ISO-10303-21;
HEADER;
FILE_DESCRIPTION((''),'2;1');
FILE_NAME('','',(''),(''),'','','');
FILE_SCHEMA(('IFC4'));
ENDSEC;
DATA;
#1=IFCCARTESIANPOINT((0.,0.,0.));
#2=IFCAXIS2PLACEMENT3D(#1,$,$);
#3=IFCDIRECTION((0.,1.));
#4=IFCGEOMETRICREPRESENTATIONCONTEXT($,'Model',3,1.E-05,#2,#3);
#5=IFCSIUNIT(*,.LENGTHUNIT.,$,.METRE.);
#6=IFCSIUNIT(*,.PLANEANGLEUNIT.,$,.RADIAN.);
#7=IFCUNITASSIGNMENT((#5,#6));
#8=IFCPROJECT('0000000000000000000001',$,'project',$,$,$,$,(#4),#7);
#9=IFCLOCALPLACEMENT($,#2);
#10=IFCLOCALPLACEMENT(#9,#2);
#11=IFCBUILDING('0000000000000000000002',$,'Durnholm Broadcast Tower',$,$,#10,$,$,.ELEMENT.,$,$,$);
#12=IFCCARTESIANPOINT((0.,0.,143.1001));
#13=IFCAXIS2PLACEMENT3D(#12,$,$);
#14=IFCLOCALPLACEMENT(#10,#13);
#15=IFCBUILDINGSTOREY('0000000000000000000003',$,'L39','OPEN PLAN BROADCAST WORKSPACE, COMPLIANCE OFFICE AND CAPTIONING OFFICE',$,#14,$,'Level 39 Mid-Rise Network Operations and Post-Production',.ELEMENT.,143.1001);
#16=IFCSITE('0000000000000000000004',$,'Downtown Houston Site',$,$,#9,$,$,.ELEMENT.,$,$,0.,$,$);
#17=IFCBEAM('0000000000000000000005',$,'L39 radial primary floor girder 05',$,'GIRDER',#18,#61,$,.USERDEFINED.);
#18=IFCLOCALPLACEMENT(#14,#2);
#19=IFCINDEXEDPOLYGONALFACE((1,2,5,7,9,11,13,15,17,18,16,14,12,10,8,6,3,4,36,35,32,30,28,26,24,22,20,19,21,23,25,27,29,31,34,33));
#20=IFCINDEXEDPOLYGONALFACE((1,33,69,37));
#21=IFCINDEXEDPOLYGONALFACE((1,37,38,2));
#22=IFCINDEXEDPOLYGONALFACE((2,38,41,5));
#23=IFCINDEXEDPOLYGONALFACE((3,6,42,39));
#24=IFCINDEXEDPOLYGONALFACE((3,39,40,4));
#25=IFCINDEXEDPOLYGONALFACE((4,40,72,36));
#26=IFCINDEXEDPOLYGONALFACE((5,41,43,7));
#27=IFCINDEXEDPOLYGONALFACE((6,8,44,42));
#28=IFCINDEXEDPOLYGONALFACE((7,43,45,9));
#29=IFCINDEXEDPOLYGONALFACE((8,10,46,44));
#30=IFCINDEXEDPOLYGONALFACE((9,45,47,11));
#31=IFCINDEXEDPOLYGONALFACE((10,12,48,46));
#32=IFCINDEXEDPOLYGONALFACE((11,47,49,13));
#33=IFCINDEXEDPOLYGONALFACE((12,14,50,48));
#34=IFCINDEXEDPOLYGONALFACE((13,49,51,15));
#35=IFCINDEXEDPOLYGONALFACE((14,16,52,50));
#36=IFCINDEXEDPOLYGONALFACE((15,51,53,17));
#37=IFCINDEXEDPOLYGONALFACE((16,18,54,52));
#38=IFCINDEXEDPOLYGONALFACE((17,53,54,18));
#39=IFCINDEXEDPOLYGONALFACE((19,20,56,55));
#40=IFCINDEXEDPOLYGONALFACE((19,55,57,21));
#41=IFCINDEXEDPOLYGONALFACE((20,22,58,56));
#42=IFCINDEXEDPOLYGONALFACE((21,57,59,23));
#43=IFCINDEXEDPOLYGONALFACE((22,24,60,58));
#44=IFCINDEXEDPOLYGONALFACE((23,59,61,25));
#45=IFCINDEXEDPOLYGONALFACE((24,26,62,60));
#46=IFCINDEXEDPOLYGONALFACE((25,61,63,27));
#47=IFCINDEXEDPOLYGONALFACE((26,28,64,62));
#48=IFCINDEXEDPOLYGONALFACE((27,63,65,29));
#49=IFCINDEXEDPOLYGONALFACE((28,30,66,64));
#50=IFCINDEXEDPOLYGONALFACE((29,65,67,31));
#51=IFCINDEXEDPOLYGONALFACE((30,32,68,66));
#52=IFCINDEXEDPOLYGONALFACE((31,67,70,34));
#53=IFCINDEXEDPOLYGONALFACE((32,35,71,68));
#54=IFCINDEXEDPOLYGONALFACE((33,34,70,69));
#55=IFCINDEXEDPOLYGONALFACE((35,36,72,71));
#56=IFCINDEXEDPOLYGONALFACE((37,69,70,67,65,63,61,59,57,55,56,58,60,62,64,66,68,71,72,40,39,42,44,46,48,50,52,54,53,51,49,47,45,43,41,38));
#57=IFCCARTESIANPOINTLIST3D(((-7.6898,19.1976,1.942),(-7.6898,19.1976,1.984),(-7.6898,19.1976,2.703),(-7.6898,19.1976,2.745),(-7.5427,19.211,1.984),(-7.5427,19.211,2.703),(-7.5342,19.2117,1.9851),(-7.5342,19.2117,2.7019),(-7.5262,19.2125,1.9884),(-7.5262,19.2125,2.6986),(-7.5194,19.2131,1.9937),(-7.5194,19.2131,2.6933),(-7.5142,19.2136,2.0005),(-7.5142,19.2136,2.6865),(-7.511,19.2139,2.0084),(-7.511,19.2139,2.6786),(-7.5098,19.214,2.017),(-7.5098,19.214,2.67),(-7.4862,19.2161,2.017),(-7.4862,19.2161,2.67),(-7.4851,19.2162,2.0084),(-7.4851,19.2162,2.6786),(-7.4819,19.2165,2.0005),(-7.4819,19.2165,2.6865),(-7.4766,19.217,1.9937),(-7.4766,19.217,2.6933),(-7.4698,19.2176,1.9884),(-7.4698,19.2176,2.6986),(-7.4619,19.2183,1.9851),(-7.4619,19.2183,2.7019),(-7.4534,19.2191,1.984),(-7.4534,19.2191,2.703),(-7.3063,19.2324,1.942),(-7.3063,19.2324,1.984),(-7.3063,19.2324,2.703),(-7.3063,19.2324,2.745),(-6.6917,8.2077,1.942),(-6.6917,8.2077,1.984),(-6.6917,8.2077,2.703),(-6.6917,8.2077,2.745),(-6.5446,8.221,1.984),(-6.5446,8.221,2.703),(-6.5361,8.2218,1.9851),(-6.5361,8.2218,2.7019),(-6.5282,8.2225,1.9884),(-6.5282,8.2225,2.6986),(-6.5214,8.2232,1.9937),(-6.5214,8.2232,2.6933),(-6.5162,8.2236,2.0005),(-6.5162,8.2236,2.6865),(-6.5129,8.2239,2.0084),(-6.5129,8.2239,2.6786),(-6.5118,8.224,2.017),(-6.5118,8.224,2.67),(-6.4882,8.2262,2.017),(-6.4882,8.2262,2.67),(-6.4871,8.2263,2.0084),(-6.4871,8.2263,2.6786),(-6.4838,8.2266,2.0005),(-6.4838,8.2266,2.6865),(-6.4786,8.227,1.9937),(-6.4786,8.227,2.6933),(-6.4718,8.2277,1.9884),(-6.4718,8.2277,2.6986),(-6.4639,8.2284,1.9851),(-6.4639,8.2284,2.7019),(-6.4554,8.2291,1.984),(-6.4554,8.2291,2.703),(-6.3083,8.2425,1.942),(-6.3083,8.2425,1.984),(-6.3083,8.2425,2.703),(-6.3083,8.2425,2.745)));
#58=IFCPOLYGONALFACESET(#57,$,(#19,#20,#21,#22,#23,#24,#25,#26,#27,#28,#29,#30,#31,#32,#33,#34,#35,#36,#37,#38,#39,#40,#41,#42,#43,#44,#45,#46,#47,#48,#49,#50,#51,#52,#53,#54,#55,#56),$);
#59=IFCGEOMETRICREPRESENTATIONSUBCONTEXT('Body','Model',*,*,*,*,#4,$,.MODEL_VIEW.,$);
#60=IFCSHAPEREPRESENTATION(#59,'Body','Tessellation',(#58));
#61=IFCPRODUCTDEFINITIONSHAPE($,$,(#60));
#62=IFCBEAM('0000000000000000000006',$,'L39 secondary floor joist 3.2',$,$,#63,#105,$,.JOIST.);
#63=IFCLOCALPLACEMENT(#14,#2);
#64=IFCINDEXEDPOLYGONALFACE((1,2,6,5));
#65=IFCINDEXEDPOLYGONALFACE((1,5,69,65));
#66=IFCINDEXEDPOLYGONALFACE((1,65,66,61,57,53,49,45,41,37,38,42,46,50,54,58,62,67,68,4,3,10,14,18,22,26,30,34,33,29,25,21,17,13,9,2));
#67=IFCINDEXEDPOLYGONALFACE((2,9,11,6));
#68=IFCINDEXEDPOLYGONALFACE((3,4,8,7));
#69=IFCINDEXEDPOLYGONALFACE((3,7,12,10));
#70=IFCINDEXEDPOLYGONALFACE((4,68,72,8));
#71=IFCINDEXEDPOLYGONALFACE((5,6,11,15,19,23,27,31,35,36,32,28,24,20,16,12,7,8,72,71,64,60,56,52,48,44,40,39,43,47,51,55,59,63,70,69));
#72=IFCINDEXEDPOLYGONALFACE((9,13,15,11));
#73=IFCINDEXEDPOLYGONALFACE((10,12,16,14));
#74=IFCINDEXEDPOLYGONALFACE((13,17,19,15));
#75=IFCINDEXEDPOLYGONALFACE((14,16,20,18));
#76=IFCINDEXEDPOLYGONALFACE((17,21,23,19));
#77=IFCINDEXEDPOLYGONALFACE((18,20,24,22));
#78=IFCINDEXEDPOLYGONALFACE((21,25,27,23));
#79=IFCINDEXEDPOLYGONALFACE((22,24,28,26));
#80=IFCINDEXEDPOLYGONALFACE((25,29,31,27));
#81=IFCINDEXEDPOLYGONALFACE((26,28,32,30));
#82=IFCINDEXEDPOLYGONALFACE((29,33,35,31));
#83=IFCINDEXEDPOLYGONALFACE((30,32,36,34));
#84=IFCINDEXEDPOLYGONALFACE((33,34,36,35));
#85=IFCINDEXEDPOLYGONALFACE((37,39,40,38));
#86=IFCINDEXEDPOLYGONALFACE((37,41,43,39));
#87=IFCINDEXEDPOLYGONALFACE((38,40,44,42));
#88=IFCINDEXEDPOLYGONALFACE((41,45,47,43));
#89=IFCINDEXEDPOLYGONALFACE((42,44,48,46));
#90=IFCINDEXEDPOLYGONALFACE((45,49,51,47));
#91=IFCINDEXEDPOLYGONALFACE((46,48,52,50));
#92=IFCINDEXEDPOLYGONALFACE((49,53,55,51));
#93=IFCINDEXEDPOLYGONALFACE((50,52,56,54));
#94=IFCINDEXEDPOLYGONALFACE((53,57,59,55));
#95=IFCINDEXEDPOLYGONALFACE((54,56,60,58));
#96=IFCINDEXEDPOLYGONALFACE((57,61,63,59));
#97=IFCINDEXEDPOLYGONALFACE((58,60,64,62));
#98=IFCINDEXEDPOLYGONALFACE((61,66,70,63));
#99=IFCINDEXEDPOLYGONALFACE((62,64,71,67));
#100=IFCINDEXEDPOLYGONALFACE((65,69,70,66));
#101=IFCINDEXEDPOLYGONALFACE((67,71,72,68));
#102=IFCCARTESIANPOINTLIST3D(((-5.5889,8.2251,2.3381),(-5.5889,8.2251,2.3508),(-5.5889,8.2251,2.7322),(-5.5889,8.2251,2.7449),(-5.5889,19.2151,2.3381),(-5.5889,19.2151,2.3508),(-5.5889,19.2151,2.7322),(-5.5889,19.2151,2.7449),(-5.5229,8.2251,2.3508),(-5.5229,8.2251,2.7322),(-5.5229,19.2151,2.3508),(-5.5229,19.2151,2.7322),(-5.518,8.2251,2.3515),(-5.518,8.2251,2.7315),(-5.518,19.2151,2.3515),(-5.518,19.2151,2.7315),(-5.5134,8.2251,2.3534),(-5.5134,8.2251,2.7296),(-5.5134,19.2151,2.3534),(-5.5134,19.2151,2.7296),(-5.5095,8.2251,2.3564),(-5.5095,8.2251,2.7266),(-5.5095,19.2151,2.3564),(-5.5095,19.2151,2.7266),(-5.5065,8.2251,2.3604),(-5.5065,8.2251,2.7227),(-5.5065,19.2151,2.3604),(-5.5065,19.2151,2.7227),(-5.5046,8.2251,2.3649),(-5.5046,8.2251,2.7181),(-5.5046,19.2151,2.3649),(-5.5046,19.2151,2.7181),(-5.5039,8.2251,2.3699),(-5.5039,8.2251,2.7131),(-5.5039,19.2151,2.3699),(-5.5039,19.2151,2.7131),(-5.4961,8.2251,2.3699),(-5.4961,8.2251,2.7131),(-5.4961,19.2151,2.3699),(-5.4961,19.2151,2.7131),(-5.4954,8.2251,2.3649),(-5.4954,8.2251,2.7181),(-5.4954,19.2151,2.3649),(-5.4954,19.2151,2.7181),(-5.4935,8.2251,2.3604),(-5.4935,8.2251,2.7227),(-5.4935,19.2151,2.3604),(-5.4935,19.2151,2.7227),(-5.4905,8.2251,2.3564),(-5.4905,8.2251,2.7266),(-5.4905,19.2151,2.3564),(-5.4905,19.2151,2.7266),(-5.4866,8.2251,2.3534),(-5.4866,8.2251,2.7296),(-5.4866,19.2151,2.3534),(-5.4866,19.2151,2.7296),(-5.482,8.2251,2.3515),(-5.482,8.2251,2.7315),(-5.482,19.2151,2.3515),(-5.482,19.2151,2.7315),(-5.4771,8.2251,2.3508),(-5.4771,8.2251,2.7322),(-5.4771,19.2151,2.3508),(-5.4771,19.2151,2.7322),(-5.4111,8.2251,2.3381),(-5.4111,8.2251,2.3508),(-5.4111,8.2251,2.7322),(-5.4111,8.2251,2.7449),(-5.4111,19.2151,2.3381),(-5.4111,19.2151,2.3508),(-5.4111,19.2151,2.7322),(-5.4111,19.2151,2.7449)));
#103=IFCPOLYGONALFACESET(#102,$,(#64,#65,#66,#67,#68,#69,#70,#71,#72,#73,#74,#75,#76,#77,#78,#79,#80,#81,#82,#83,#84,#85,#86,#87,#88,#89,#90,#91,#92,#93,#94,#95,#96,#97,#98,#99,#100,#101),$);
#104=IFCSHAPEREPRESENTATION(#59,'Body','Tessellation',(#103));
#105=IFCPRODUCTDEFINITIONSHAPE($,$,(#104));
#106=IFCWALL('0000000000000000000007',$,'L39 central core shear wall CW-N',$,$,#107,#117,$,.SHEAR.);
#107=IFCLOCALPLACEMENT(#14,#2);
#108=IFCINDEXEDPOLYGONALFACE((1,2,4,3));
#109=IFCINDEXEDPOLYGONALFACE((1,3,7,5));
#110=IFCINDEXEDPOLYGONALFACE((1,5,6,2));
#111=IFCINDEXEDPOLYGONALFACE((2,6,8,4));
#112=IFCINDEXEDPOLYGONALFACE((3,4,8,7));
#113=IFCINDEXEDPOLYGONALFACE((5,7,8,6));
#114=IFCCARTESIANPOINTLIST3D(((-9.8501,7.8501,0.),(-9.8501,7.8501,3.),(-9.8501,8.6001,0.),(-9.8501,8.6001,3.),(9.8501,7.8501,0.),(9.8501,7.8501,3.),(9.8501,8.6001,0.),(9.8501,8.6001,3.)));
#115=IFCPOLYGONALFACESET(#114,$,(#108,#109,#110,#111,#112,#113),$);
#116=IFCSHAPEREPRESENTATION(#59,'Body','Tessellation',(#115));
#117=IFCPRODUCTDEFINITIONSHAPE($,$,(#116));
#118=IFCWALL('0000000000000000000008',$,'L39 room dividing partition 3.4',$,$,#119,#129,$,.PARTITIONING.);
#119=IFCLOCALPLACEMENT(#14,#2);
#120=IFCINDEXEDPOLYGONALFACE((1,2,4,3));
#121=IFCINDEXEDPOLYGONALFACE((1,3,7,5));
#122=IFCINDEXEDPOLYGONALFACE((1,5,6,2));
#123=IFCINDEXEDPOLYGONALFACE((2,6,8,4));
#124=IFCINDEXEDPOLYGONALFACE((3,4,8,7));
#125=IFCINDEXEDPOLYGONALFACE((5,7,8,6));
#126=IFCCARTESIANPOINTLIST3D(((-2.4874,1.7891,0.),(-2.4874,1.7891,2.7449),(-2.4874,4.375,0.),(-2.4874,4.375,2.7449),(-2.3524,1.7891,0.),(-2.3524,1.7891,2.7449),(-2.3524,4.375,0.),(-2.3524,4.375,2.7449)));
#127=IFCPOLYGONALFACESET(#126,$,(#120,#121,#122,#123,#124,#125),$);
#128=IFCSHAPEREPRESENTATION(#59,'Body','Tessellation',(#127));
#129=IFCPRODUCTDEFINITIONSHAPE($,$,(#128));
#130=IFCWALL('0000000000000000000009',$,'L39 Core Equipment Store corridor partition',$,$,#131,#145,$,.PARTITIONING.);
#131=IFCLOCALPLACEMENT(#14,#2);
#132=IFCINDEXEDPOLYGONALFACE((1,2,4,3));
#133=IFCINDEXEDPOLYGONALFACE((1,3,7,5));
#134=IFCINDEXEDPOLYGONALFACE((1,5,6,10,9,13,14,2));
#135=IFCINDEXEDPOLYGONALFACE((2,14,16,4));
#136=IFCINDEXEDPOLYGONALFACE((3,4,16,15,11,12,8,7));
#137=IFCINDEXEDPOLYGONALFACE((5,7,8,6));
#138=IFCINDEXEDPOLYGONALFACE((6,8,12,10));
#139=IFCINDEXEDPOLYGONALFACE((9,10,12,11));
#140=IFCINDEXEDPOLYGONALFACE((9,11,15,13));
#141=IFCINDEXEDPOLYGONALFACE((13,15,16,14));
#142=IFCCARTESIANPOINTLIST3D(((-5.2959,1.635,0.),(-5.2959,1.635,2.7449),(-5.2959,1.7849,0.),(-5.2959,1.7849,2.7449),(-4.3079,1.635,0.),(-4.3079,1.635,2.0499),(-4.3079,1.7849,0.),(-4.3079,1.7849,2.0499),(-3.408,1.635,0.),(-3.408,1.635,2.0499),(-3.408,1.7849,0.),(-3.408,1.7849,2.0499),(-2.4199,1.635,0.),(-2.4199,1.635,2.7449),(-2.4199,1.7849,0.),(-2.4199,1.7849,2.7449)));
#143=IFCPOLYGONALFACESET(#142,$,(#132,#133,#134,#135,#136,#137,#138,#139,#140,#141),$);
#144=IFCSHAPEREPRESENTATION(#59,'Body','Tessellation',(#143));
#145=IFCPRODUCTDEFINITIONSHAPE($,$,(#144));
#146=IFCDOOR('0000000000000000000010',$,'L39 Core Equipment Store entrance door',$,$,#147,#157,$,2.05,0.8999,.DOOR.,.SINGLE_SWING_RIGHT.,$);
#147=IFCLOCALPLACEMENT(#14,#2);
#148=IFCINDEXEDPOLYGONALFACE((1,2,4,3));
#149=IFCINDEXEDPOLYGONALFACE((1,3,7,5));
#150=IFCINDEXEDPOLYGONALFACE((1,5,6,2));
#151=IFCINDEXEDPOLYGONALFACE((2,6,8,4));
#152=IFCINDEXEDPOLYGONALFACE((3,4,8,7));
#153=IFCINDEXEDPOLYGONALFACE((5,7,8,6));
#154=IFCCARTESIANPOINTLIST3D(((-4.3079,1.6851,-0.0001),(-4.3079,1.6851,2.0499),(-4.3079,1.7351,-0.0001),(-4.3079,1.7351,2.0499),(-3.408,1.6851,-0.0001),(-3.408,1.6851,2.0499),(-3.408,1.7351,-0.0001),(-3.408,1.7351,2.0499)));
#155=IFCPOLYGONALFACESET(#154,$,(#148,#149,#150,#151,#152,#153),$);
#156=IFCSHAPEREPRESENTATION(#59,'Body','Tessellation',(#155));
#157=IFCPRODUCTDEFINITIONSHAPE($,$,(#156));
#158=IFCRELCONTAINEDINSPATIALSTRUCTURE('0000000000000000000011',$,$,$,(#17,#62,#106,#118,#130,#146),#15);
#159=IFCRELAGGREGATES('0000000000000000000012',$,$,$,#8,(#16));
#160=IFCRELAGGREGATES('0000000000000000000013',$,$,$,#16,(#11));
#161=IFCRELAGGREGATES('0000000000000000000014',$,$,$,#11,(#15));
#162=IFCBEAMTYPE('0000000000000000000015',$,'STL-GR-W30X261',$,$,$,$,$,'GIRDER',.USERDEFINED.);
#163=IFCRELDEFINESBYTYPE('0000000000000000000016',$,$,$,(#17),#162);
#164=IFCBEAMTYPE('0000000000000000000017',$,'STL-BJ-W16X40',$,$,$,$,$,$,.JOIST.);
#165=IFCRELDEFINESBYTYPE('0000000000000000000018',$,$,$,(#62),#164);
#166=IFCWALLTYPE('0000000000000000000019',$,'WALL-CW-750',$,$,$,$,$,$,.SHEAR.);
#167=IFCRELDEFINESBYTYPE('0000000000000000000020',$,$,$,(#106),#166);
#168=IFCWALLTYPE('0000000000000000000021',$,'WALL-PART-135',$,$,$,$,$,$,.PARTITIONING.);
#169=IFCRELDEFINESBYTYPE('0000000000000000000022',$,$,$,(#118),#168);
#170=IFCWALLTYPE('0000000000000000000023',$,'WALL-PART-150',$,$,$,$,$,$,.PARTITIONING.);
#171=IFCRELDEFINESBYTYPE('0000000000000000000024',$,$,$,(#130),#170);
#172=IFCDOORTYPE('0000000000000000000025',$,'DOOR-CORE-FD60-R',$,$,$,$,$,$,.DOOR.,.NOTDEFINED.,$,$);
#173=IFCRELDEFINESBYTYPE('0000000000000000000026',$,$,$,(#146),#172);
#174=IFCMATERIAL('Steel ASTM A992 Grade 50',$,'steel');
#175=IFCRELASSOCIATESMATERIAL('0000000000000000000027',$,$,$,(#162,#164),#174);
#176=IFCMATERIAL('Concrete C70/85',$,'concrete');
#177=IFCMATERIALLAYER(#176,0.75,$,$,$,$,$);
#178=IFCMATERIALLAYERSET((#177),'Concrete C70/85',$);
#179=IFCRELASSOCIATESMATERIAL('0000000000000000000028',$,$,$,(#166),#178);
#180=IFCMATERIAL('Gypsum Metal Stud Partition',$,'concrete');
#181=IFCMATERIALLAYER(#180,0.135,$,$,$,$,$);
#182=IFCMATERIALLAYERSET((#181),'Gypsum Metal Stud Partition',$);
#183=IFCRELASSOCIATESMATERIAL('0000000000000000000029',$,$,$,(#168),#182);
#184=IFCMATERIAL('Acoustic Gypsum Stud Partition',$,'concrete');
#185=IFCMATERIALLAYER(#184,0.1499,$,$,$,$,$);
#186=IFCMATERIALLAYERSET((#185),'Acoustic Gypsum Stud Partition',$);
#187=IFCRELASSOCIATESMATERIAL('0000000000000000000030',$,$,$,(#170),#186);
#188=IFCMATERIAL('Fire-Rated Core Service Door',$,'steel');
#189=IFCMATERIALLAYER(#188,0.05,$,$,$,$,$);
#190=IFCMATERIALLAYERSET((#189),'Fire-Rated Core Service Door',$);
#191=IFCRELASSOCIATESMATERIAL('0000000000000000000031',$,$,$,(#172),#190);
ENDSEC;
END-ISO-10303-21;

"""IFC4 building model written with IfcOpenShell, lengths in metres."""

from ifc_helpers import new_model, si_unit, direction, frame, frame_2d, origin, origin_2d, place, context, subcontext, project, spatial, rectangle, i_section, extrude, source, transform, mapped, material, layer, layer_set, material_profile, profile_set, type_object, type_shapes, element, fill, save


model = new_model("IFC4")

# Units and contexts
model_context = context("Model", 3, precision=1e-05, world=origin(), true_north=direction((0.0, 1.0)))
body_context = subcontext(model_context, "Body", "Model", "MODEL_VIEW")
ifc_project = project(units=[si_unit("LENGTHUNIT", "METRE"), si_unit("PLANEANGLEUNIT", "RADIAN")], contexts=[model_context])

# Site, building, storey
site_placement = place(None, origin())
site = spatial("IfcSite", under=ifc_project, at=site_placement, Name="Downtown Houston Site", CompositionType="ELEMENT", RefElevation=0.0)
building_placement = place(site_placement, origin())
building = spatial("IfcBuilding", under=site, at=building_placement, Name="Durnholm Broadcast Tower", CompositionType="ELEMENT")
storey_placement = place(building_placement, frame((0.0, 0.0, 143.1001)))
storey = spatial("IfcBuildingStorey", under=building, at=storey_placement, Name="L39", Description="OPEN PLAN BROADCAST WORKSPACE, COMPLIANCE OFFICE AND CAPTIONING OFFICE", LongName="Level 39 Mid-Rise Network Operations and Post-Production", CompositionType="ELEMENT", Elevation=143.1001)

# Shared definitions
ifc_material_1 = material(Name="Concrete C70/85", Category="concrete")

# Beams
ifc_material_2 = material(Name="Steel ASTM A992 Grade 50", Category="steel")
ifc_material_profile_1 = material_profile(ifc_material_2, i_section(OverallWidth=0.385, OverallDepth=0.803, WebThickness=0.0237, FlangeThickness=0.042, FilletRadius=0.033, at=origin_2d()), Name="W30X261")
ifc_profile_set_1 = profile_set([ifc_material_profile_1], Name="Steel ASTM A992 Grade 50")
beam_type_1 = type_object("IfcBeamType", Name="STL-GR-W30X261", ElementType="GIRDER", PredefinedType="USERDEFINED", material=ifc_profile_set_1)
shared_shape_1 = source(origin(), body_context, "Body", "SweptSolid", [
    extrude(i_section(OverallWidth=0.385, OverallDepth=0.803, WebThickness=0.0237, FlangeThickness=0.042, FilletRadius=0.033, at=origin_2d()), origin(), (0.0, 0.0, 1.0), 11.0352),
])
beam_1_placement = place(storey_placement, frame((-6.5, 8.2251, 2.3435), z_axis=(-0.090442, 0.995902, 0.0), x_axis=(-0.995902, -0.090442, 0.0)))
element("IfcBeam", 1, at=beam_1_placement, inside=storey, type_object=beam_type_1, Name="L39 radial primary floor girder 05", ObjectType="GIRDER", PredefinedType="USERDEFINED", context=body_context, shape_type="MappedRepresentation", body=[
    mapped(shared_shape_1, transform((0.0, 0.0, 0.0), x_axis=(1.0, 0.0, 0.0), y_axis=(0.0, 1.0, 0.0), z_axis=(0.0, 0.0, 1.0), scale=1.0)),
])
ifc_material_profile_2 = material_profile(ifc_material_2, i_section(OverallWidth=0.1777, OverallDepth=0.4067, WebThickness=0.0078, FlangeThickness=0.0127, FilletRadius=0.019, at=origin_2d()), Name="W16X40")
ifc_profile_set_2 = profile_set([ifc_material_profile_2], Name="Steel ASTM A992 Grade 50")
beam_type_2 = type_object("IfcBeamType", Name="STL-BJ-W16X40", PredefinedType="JOIST", material=ifc_profile_set_2)
shared_shape_2 = source(origin(), body_context, "Body", "SweptSolid", [
    extrude(i_section(OverallWidth=0.1777, OverallDepth=0.4067, WebThickness=0.0078, FlangeThickness=0.0127, FilletRadius=0.019, at=origin_2d()), origin(), (0.0, 0.0, 1.0), 10.99),
])
type_shapes(beam_type_2, [shared_shape_2])
beam_2_placement = place(storey_placement, frame((-5.5, 8.2251, 2.5415), z_axis=(0.0, 1.0, 0.0), x_axis=(-1.0, 0.0, 0.0)))
element("IfcBeam", 2, at=beam_2_placement, inside=storey, type_object=beam_type_2, Name="L39 secondary floor joist 3.2", PredefinedType="JOIST", context=body_context, shape_type="MappedRepresentation", body=[
    mapped(shared_shape_2, transform((0.0, 0.0, 0.0), x_axis=(1.0, 0.0, 0.0), y_axis=(0.0, 1.0, 0.0), z_axis=(0.0, 0.0, 1.0), scale=1.0)),
])

# Walls
ifc_layer_1 = layer(ifc_material_1, 0.75)
ifc_layer_set_1 = layer_set([ifc_layer_1], Name="Concrete C70/85")
wall_type_1 = type_object("IfcWallType", Name="WALL-CW-750", PredefinedType="SHEAR", material=ifc_layer_set_1)
wall_1_placement = place(storey_placement, frame((-9.8501, 8.2251, 0.0), z_axis=(0.0, 0.0, 1.0), x_axis=(1.0, 0.0, 0.0)))
element("IfcWall", 3, at=wall_1_placement, inside=storey, type_object=wall_type_1, Name="L39 central core shear wall CW-N", PredefinedType="SHEAR", context=body_context, shape_type="SweptSolid", body=[
    extrude(rectangle(XDim=19.7002, YDim=0.75, at=frame_2d((9.8501, 0.0))), origin(), (0.0, 0.0, 1.0), 3.0),
])
ifc_material_3 = material(Name="Gypsum Metal Stud Partition", Category="concrete")
ifc_layer_2 = layer(ifc_material_3, 0.135)
ifc_layer_set_2 = layer_set([ifc_layer_2], Name="Gypsum Metal Stud Partition")
wall_type_2 = type_object("IfcWallType", Name="WALL-PART-135", PredefinedType="PARTITIONING", material=ifc_layer_set_2)
wall_2_placement = place(storey_placement, frame((-2.4199, 4.375, 0.0), z_axis=(0.0, 0.0, 1.0), x_axis=(0.0, -1.0, 0.0)))
element("IfcWall", 4, at=wall_2_placement, inside=storey, type_object=wall_type_2, Name="L39 room dividing partition 3.4", PredefinedType="PARTITIONING", context=body_context, shape_type="SweptSolid", body=[
    extrude(rectangle(XDim=2.5859, YDim=0.135, at=frame_2d((1.293, 0.0))), origin(), (0.0, 0.0, 1.0), 2.7449),
])

# Wall, opening, door
ifc_material_4 = material(Name="Acoustic Gypsum Stud Partition", Category="concrete")
ifc_layer_3 = layer(ifc_material_4, 0.1499)
ifc_layer_set_3 = layer_set([ifc_layer_3], Name="Acoustic Gypsum Stud Partition")
wall_type_3 = type_object("IfcWallType", Name="WALL-PART-150", PredefinedType="PARTITIONING", material=ifc_layer_set_3)
wall_3_placement = place(storey_placement, frame((-2.4199, 1.71, 0.0), z_axis=(0.0, 0.0, 1.0), x_axis=(-1.0, 0.0, 0.0)))
wall_3 = element("IfcWall", 5, at=wall_3_placement, inside=storey, type_object=wall_type_3, Name="L39 Core Equipment Store corridor partition", PredefinedType="PARTITIONING", context=body_context, shape_type="SweptSolid", body=[
    extrude(rectangle(XDim=2.876, YDim=0.1499, at=frame_2d((1.438, 0.0))), origin(), (0.0, 0.0, 1.0), 2.7449),
])
opening_1_placement = place(wall_3_placement, frame((0.988, 0.0, 0.0)))
opening_1 = element("IfcOpeningElement", 6, at=opening_1_placement, cuts=wall_3, PredefinedType="OPENING", context=body_context, shape_type="SweptSolid", body=[
    extrude(rectangle(XDim=0.8999, YDim=2.05, at=frame_2d((0.45, 1.0249))), frame((0.0, 0.085, 0.0), z_axis=(0.0, -1.0, 0.0), x_axis=(1.0, 0.0, 0.0)), (0.0, 0.0, 1.0), 0.1699),
])
ifc_material_5 = material(Name="Fire-Rated Core Service Door", Category="steel")
ifc_layer_4 = layer(ifc_material_5, 0.05)
ifc_layer_set_4 = layer_set([ifc_layer_4], Name="Fire-Rated Core Service Door")
door_type_1 = type_object("IfcDoorType", Name="DOOR-CORE-FD60-R", OperationType="NOTDEFINED", PredefinedType="DOOR", material=ifc_layer_set_4)
shared_shape_3 = source(origin(), body_context, "Body", "SweptSolid", [
    extrude(rectangle(XDim=0.8999, YDim=2.05, at=frame_2d((0.45, 1.0249))), frame((0.0, 0.0249, 0.0), z_axis=(0.0, -1.0, 0.0), x_axis=(1.0, 0.0, 0.0)), (0.0, 0.0, 1.0), 0.05),
])
type_shapes(door_type_1, [shared_shape_3])
door_1_placement = place(opening_1_placement, origin())
door_1 = element("IfcDoor", 7, at=door_1_placement, inside=storey, type_object=door_type_1, Name="L39 Core Equipment Store entrance door", OperationType="SINGLE_SWING_RIGHT", OverallHeight=2.05, OverallWidth=0.8999, PredefinedType="DOOR", context=body_context, shape_type="MappedRepresentation", body=[
    mapped(shared_shape_3, transform((0.0, 0.0, 0.0), x_axis=(1.0, 0.0, 0.0), y_axis=(0.0, 1.0, 0.0), z_axis=(0.0, 0.0, 1.0), scale=1.0)),
])
fill(opening_1, door_1)

save(model, "model.ifc")
